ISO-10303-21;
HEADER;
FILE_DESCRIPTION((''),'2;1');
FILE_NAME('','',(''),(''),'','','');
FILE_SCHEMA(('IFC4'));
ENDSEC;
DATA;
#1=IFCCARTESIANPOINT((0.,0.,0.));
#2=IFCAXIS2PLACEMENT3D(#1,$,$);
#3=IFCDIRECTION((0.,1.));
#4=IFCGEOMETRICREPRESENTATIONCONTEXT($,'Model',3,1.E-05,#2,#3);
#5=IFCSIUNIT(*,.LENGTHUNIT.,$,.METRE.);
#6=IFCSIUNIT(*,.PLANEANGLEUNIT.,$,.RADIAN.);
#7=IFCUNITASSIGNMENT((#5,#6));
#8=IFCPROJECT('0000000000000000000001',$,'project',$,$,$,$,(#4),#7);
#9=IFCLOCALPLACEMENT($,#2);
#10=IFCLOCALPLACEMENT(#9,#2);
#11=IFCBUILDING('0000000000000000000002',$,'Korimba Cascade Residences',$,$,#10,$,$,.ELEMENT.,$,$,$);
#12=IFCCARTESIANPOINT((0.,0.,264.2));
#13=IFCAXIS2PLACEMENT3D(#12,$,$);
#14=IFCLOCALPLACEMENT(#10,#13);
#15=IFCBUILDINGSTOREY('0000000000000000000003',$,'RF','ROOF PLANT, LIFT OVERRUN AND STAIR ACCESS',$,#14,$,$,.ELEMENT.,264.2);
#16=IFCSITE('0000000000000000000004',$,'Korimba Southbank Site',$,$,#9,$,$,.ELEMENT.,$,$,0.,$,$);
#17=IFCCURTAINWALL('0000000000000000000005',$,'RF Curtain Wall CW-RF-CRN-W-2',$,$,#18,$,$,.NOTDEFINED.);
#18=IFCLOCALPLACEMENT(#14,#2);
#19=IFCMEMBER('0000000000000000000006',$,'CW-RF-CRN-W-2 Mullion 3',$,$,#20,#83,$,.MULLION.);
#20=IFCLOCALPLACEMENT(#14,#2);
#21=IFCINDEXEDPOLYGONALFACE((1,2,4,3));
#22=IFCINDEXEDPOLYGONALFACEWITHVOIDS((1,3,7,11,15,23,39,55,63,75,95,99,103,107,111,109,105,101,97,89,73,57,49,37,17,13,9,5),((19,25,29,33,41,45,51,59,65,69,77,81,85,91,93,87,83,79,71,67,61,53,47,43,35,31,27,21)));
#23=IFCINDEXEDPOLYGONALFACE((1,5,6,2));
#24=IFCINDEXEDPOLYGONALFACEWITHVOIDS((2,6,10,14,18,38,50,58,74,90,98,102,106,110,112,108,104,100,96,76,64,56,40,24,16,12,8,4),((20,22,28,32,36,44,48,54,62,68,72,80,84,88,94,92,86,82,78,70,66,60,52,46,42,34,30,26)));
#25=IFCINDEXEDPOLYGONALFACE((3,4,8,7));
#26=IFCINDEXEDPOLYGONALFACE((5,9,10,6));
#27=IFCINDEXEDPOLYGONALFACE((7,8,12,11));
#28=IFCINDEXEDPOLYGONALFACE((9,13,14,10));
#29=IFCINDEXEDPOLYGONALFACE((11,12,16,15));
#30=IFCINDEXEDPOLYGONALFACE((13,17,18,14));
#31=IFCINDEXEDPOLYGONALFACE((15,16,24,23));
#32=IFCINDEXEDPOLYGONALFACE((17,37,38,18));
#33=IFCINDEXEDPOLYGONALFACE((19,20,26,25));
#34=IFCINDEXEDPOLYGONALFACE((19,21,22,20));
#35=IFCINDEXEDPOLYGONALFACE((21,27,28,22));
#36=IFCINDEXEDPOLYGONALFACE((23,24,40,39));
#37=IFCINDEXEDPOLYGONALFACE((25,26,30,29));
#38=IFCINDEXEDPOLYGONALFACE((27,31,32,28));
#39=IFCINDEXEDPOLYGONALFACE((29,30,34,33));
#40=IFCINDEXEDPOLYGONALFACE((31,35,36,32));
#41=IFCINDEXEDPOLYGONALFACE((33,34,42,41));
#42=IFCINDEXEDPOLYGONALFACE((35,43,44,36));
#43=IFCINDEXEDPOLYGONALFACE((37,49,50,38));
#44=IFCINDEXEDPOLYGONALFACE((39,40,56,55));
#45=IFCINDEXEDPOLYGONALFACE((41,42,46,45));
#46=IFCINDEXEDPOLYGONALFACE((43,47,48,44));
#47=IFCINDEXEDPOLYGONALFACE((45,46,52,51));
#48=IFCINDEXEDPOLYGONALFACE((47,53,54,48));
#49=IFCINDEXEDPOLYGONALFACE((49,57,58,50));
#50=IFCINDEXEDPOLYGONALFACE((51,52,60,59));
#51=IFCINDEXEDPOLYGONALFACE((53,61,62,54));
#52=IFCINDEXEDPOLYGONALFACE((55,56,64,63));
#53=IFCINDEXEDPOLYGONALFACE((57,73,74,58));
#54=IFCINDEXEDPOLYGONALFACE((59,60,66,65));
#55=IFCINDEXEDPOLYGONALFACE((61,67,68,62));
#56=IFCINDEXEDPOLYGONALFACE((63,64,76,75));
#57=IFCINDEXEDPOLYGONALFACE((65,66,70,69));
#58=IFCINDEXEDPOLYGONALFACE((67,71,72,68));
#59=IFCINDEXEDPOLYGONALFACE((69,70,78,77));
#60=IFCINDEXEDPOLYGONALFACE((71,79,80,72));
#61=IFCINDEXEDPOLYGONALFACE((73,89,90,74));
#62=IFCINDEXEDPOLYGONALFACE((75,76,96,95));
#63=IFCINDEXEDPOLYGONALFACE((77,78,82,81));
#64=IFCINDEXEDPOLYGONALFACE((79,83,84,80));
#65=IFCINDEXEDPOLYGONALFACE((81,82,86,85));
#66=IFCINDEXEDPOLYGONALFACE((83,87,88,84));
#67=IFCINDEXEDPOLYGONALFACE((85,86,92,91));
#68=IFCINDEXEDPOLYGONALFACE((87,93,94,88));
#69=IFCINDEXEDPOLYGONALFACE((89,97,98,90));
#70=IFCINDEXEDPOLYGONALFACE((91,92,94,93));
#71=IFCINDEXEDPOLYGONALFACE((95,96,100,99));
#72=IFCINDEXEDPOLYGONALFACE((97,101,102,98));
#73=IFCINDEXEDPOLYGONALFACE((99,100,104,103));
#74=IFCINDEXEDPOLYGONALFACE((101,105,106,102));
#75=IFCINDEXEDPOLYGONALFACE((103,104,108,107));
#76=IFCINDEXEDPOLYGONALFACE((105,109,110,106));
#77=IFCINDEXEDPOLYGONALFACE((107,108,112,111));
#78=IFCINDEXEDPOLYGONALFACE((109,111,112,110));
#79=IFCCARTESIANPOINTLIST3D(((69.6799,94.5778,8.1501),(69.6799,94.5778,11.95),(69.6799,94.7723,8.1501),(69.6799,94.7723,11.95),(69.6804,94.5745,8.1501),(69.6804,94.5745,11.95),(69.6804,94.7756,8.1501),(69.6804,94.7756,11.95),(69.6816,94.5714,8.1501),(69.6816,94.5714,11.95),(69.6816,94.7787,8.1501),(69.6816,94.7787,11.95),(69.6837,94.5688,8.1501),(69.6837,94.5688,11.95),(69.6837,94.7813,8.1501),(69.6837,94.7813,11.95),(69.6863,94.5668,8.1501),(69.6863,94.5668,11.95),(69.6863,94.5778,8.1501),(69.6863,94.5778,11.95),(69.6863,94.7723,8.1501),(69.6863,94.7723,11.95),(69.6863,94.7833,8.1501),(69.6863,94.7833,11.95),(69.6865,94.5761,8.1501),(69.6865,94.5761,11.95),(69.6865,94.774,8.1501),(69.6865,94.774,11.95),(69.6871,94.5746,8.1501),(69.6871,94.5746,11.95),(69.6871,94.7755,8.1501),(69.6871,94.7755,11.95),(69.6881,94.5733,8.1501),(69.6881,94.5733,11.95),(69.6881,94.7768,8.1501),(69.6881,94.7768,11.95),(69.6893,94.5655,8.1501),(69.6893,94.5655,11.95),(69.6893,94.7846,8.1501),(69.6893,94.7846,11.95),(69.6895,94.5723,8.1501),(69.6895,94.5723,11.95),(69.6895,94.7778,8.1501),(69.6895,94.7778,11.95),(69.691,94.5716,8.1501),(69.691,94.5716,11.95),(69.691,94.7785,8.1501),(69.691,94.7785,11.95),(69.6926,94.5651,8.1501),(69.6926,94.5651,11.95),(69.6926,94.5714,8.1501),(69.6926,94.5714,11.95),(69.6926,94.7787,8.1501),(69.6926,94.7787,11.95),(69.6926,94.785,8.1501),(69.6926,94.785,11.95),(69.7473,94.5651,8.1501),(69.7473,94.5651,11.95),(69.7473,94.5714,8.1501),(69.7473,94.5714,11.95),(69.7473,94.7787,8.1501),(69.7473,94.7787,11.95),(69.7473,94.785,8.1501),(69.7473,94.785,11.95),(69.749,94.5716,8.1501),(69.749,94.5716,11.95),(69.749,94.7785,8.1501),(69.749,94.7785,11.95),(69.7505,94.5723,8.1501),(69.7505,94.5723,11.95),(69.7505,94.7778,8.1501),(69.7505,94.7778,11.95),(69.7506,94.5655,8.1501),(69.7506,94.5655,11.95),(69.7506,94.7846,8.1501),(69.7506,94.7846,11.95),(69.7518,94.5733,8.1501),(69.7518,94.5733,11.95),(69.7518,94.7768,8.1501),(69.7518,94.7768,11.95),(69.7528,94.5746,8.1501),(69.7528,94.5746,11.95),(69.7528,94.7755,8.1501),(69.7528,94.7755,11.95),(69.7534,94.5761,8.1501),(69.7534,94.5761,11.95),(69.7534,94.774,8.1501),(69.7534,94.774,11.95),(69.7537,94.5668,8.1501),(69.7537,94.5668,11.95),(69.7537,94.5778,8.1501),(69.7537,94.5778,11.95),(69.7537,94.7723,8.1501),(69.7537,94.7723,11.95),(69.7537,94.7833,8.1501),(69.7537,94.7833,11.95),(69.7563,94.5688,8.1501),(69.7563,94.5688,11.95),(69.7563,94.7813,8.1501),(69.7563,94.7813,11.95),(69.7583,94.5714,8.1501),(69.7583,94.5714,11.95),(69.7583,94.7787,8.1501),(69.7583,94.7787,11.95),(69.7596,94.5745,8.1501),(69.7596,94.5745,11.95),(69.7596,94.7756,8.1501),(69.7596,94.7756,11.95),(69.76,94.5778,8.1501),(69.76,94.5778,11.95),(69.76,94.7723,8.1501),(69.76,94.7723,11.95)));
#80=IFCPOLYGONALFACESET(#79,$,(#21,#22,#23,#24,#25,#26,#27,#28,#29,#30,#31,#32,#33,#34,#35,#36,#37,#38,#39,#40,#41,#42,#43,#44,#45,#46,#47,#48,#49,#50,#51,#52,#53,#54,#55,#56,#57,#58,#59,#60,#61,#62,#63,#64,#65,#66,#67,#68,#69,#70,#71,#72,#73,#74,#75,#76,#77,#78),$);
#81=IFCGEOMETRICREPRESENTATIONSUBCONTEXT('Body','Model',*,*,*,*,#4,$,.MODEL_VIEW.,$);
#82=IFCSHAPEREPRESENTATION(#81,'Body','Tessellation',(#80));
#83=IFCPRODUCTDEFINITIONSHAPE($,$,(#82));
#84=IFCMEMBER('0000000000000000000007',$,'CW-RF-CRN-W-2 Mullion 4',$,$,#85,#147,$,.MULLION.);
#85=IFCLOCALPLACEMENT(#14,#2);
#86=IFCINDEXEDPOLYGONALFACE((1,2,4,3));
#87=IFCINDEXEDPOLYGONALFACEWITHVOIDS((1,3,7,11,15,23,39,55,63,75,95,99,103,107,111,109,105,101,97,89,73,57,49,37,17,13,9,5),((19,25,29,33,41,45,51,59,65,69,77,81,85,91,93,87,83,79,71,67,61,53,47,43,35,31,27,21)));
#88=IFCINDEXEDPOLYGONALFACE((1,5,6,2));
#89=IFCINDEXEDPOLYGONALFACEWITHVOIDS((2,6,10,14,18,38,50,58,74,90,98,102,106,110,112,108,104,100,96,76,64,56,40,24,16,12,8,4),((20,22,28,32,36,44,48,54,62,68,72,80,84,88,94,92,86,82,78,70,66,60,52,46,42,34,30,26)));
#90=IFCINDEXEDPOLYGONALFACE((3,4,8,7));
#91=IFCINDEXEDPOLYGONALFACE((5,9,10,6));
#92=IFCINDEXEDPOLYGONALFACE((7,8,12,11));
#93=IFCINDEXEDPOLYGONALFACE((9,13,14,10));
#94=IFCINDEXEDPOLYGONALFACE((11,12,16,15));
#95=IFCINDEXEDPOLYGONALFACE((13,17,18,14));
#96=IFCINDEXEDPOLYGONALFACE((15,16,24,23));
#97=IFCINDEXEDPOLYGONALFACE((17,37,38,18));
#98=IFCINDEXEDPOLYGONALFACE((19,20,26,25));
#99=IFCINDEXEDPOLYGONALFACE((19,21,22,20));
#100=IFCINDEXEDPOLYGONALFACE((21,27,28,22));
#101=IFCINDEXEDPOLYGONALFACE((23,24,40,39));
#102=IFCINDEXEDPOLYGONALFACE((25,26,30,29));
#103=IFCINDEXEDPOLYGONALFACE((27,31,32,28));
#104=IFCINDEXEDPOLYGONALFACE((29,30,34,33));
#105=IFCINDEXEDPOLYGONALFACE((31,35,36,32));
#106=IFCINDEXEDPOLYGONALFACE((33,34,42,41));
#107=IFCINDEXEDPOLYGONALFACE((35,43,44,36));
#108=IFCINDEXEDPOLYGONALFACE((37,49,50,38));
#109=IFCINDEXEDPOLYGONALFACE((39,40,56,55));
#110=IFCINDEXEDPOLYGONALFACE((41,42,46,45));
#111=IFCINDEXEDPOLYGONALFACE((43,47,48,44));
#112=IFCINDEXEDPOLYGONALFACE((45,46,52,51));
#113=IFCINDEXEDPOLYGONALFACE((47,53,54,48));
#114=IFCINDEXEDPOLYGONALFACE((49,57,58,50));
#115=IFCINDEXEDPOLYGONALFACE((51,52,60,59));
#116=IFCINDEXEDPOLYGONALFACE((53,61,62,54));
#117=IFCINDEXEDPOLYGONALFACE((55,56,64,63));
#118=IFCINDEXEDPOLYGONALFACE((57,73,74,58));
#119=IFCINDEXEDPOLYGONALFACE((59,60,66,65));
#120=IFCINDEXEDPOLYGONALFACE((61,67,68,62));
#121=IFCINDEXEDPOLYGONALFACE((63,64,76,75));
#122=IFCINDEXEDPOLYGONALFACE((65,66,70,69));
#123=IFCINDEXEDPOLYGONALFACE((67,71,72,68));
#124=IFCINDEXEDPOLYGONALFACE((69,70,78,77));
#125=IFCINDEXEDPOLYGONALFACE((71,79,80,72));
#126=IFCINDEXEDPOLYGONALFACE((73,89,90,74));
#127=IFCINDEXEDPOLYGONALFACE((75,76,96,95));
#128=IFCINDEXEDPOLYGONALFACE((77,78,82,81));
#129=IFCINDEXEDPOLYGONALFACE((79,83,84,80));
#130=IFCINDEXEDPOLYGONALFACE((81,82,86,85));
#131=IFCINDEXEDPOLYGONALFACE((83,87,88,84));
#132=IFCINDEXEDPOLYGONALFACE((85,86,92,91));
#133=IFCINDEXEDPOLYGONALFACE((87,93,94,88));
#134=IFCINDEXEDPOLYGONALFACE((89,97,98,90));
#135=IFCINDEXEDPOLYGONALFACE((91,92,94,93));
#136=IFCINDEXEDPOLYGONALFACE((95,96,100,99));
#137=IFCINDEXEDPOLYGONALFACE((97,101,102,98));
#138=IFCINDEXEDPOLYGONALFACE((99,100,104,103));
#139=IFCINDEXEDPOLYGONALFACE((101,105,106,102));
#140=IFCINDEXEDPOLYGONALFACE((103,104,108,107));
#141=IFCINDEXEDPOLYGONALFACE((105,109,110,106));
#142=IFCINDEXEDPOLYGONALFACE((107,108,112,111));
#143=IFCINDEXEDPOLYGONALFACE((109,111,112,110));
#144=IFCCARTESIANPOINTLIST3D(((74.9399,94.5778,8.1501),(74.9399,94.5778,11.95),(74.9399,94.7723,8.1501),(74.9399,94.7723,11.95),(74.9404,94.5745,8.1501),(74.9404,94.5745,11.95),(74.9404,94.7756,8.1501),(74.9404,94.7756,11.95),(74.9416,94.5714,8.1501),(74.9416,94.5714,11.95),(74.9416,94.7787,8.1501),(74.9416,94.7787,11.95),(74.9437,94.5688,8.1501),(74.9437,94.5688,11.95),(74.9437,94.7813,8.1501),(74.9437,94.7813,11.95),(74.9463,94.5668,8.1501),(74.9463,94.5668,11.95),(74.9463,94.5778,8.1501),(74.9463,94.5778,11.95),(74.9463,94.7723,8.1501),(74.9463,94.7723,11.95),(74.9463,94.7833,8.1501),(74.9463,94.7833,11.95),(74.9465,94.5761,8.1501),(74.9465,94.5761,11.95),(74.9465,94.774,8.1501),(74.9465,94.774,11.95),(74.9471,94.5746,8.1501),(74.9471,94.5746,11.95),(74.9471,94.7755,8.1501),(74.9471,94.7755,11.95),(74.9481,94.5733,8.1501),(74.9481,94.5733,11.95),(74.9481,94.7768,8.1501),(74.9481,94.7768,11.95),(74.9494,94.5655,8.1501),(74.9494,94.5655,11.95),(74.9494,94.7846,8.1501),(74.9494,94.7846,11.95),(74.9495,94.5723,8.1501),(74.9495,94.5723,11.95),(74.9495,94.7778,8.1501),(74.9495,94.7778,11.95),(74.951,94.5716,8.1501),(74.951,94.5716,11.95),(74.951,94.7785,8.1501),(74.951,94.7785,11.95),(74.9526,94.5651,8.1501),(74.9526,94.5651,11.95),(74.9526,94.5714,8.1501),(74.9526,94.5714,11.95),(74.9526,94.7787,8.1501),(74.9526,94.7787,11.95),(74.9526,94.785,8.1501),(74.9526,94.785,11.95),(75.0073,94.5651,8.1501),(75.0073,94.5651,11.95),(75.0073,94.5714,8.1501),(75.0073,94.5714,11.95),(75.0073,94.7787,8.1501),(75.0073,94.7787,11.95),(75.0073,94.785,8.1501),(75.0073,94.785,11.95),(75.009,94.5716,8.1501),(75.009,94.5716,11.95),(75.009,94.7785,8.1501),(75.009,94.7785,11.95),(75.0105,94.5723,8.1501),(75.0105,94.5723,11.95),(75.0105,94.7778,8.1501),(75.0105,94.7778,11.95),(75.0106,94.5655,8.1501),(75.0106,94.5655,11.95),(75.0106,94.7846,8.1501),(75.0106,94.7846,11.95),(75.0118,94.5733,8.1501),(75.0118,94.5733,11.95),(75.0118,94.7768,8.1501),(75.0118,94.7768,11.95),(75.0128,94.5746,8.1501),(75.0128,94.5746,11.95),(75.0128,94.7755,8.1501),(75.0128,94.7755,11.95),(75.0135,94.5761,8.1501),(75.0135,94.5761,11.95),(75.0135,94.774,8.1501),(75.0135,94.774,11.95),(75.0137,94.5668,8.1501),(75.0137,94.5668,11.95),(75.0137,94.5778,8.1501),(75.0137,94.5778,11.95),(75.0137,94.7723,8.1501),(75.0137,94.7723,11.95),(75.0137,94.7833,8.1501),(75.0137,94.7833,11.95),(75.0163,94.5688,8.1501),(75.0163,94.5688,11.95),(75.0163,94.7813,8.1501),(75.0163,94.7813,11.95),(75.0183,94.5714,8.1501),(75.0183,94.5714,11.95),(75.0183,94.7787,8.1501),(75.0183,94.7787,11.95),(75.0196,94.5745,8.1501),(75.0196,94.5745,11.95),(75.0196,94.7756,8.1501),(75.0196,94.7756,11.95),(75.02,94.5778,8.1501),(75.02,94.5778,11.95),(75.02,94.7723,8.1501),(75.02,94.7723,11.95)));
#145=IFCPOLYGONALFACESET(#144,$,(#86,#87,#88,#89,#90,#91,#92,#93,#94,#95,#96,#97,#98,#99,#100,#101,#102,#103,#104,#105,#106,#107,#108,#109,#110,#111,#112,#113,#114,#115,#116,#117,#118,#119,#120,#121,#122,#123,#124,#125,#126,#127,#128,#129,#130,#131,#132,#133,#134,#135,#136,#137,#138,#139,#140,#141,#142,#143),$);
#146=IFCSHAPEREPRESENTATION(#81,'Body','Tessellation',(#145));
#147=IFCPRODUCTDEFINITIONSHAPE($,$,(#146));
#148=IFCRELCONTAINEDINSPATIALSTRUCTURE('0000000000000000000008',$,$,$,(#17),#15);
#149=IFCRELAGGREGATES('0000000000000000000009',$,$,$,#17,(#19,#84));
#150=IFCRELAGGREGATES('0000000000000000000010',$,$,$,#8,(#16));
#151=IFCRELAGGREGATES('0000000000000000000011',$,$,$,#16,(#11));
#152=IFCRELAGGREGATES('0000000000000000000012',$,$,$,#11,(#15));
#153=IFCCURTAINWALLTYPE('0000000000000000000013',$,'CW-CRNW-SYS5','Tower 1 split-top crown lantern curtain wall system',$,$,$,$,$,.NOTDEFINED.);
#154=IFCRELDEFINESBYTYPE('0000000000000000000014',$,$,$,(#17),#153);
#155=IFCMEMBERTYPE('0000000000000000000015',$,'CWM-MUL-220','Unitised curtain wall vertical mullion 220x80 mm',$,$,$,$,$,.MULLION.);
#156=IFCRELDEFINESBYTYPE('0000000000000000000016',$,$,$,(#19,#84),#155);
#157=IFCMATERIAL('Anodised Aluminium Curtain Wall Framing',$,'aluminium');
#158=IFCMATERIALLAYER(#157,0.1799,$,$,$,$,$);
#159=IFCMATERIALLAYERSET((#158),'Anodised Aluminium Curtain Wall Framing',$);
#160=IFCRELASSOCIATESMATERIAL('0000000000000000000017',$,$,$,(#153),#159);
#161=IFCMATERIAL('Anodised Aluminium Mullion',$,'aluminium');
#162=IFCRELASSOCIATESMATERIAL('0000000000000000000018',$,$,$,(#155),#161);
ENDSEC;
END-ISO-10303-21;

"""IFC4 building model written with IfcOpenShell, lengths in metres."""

from ifc_helpers import new_model, si_unit, direction, frame, origin, origin_2d, place, context, subcontext, project, spatial, hollow_rectangle, extrude, material, layer, layer_set, material_profile, profile_set, type_object, element, aggregate, save


model = new_model("IFC4")

# Units and contexts
model_context = context("Model", 3, precision=1e-05, world=origin(), true_north=direction((0.0, 1.0)))
body_context = subcontext(model_context, "Body", "Model", "MODEL_VIEW")
ifc_project = project(units=[si_unit("LENGTHUNIT", "METRE"), si_unit("PLANEANGLEUNIT", "RADIAN")], contexts=[model_context])

# Site, building, storey
site_placement = place(None, origin())
site = spatial("IfcSite", under=ifc_project, at=site_placement, Name="Korimba Southbank Site", CompositionType="ELEMENT", RefElevation=0.0)
building_placement = place(site_placement, origin())
building = spatial("IfcBuilding", under=site, at=building_placement, Name="Korimba Cascade Residences", CompositionType="ELEMENT")
storey_placement = place(building_placement, frame((0.0, 0.0, 264.2)))
storey = spatial("IfcBuildingStorey", under=building, at=storey_placement, Name="RF", Description="ROOF PLANT, LIFT OVERRUN AND STAIR ACCESS", CompositionType="ELEMENT", Elevation=264.2)

# Curtain wall, members
ifc_material_1 = material(Name="Anodised Aluminium Curtain Wall Framing", Category="aluminium")
ifc_layer_1 = layer(ifc_material_1, 0.1799)
ifc_layer_set_1 = layer_set([ifc_layer_1], Name="Anodised Aluminium Curtain Wall Framing")
curtain_wall_type = type_object("IfcCurtainWallType", Name="CW-CRNW-SYS5", Description="Tower 1 split-top crown lantern curtain wall system", PredefinedType="NOTDEFINED", material=ifc_layer_set_1)
curtain_wall_placement = place(storey_placement, origin())
curtain_wall = element("IfcCurtainWall", 1, at=curtain_wall_placement, inside=storey, type_object=curtain_wall_type, Name="RF Curtain Wall CW-RF-CRN-W-2", PredefinedType="NOTDEFINED")
ifc_material_2 = material(Name="Anodised Aluminium Mullion", Category="aluminium")
ifc_material_profile_1 = material_profile(ifc_material_2, hollow_rectangle(XDim=0.0801, YDim=0.22, WallThickness=0.0063, InnerFilletRadius=0.0063, OuterFilletRadius=0.0127, at=origin_2d()), Name="Anodised Aluminium Mullion")
ifc_profile_set_1 = profile_set([ifc_material_profile_1], Name="Anodised Aluminium Mullion")
member_type_1 = type_object("IfcMemberType", Name="CWM-MUL-220", Description="Unitised curtain wall vertical mullion 220x80 mm", PredefinedType="MULLION", material=ifc_profile_set_1)
member_1_placement = place(storey_placement, frame((69.72, 94.675, 8.1501), z_axis=(0.0, 0.0, 1.0), x_axis=(1.0, 0.0, 0.0)))
member_1 = element("IfcMember", 2, at=member_1_placement, type_object=member_type_1, Name="CW-RF-CRN-W-2 Mullion 3", PredefinedType="MULLION", context=body_context, shape_type="SweptSolid", body=[
    extrude(hollow_rectangle(XDim=0.0801, YDim=0.22, WallThickness=0.0063, InnerFilletRadius=0.0063, OuterFilletRadius=0.0127, at=origin_2d()), origin(), (0.0, 0.0, 1.0), 3.7998),
])
member_2_placement = place(storey_placement, frame((74.98, 94.675, 8.1501), z_axis=(0.0, 0.0, 1.0), x_axis=(1.0, 0.0, 0.0)))
member_2 = element("IfcMember", 3, at=member_2_placement, type_object=member_type_1, Name="CW-RF-CRN-W-2 Mullion 4", PredefinedType="MULLION", context=body_context, shape_type="SweptSolid", body=[
    extrude(hollow_rectangle(XDim=0.0801, YDim=0.22, WallThickness=0.0063, InnerFilletRadius=0.0063, OuterFilletRadius=0.0127, at=origin_2d()), origin(), (0.0, 0.0, 1.0), 3.7998),
])

aggregate(curtain_wall, [member_1, member_2])

save(model, "model.ifc")
